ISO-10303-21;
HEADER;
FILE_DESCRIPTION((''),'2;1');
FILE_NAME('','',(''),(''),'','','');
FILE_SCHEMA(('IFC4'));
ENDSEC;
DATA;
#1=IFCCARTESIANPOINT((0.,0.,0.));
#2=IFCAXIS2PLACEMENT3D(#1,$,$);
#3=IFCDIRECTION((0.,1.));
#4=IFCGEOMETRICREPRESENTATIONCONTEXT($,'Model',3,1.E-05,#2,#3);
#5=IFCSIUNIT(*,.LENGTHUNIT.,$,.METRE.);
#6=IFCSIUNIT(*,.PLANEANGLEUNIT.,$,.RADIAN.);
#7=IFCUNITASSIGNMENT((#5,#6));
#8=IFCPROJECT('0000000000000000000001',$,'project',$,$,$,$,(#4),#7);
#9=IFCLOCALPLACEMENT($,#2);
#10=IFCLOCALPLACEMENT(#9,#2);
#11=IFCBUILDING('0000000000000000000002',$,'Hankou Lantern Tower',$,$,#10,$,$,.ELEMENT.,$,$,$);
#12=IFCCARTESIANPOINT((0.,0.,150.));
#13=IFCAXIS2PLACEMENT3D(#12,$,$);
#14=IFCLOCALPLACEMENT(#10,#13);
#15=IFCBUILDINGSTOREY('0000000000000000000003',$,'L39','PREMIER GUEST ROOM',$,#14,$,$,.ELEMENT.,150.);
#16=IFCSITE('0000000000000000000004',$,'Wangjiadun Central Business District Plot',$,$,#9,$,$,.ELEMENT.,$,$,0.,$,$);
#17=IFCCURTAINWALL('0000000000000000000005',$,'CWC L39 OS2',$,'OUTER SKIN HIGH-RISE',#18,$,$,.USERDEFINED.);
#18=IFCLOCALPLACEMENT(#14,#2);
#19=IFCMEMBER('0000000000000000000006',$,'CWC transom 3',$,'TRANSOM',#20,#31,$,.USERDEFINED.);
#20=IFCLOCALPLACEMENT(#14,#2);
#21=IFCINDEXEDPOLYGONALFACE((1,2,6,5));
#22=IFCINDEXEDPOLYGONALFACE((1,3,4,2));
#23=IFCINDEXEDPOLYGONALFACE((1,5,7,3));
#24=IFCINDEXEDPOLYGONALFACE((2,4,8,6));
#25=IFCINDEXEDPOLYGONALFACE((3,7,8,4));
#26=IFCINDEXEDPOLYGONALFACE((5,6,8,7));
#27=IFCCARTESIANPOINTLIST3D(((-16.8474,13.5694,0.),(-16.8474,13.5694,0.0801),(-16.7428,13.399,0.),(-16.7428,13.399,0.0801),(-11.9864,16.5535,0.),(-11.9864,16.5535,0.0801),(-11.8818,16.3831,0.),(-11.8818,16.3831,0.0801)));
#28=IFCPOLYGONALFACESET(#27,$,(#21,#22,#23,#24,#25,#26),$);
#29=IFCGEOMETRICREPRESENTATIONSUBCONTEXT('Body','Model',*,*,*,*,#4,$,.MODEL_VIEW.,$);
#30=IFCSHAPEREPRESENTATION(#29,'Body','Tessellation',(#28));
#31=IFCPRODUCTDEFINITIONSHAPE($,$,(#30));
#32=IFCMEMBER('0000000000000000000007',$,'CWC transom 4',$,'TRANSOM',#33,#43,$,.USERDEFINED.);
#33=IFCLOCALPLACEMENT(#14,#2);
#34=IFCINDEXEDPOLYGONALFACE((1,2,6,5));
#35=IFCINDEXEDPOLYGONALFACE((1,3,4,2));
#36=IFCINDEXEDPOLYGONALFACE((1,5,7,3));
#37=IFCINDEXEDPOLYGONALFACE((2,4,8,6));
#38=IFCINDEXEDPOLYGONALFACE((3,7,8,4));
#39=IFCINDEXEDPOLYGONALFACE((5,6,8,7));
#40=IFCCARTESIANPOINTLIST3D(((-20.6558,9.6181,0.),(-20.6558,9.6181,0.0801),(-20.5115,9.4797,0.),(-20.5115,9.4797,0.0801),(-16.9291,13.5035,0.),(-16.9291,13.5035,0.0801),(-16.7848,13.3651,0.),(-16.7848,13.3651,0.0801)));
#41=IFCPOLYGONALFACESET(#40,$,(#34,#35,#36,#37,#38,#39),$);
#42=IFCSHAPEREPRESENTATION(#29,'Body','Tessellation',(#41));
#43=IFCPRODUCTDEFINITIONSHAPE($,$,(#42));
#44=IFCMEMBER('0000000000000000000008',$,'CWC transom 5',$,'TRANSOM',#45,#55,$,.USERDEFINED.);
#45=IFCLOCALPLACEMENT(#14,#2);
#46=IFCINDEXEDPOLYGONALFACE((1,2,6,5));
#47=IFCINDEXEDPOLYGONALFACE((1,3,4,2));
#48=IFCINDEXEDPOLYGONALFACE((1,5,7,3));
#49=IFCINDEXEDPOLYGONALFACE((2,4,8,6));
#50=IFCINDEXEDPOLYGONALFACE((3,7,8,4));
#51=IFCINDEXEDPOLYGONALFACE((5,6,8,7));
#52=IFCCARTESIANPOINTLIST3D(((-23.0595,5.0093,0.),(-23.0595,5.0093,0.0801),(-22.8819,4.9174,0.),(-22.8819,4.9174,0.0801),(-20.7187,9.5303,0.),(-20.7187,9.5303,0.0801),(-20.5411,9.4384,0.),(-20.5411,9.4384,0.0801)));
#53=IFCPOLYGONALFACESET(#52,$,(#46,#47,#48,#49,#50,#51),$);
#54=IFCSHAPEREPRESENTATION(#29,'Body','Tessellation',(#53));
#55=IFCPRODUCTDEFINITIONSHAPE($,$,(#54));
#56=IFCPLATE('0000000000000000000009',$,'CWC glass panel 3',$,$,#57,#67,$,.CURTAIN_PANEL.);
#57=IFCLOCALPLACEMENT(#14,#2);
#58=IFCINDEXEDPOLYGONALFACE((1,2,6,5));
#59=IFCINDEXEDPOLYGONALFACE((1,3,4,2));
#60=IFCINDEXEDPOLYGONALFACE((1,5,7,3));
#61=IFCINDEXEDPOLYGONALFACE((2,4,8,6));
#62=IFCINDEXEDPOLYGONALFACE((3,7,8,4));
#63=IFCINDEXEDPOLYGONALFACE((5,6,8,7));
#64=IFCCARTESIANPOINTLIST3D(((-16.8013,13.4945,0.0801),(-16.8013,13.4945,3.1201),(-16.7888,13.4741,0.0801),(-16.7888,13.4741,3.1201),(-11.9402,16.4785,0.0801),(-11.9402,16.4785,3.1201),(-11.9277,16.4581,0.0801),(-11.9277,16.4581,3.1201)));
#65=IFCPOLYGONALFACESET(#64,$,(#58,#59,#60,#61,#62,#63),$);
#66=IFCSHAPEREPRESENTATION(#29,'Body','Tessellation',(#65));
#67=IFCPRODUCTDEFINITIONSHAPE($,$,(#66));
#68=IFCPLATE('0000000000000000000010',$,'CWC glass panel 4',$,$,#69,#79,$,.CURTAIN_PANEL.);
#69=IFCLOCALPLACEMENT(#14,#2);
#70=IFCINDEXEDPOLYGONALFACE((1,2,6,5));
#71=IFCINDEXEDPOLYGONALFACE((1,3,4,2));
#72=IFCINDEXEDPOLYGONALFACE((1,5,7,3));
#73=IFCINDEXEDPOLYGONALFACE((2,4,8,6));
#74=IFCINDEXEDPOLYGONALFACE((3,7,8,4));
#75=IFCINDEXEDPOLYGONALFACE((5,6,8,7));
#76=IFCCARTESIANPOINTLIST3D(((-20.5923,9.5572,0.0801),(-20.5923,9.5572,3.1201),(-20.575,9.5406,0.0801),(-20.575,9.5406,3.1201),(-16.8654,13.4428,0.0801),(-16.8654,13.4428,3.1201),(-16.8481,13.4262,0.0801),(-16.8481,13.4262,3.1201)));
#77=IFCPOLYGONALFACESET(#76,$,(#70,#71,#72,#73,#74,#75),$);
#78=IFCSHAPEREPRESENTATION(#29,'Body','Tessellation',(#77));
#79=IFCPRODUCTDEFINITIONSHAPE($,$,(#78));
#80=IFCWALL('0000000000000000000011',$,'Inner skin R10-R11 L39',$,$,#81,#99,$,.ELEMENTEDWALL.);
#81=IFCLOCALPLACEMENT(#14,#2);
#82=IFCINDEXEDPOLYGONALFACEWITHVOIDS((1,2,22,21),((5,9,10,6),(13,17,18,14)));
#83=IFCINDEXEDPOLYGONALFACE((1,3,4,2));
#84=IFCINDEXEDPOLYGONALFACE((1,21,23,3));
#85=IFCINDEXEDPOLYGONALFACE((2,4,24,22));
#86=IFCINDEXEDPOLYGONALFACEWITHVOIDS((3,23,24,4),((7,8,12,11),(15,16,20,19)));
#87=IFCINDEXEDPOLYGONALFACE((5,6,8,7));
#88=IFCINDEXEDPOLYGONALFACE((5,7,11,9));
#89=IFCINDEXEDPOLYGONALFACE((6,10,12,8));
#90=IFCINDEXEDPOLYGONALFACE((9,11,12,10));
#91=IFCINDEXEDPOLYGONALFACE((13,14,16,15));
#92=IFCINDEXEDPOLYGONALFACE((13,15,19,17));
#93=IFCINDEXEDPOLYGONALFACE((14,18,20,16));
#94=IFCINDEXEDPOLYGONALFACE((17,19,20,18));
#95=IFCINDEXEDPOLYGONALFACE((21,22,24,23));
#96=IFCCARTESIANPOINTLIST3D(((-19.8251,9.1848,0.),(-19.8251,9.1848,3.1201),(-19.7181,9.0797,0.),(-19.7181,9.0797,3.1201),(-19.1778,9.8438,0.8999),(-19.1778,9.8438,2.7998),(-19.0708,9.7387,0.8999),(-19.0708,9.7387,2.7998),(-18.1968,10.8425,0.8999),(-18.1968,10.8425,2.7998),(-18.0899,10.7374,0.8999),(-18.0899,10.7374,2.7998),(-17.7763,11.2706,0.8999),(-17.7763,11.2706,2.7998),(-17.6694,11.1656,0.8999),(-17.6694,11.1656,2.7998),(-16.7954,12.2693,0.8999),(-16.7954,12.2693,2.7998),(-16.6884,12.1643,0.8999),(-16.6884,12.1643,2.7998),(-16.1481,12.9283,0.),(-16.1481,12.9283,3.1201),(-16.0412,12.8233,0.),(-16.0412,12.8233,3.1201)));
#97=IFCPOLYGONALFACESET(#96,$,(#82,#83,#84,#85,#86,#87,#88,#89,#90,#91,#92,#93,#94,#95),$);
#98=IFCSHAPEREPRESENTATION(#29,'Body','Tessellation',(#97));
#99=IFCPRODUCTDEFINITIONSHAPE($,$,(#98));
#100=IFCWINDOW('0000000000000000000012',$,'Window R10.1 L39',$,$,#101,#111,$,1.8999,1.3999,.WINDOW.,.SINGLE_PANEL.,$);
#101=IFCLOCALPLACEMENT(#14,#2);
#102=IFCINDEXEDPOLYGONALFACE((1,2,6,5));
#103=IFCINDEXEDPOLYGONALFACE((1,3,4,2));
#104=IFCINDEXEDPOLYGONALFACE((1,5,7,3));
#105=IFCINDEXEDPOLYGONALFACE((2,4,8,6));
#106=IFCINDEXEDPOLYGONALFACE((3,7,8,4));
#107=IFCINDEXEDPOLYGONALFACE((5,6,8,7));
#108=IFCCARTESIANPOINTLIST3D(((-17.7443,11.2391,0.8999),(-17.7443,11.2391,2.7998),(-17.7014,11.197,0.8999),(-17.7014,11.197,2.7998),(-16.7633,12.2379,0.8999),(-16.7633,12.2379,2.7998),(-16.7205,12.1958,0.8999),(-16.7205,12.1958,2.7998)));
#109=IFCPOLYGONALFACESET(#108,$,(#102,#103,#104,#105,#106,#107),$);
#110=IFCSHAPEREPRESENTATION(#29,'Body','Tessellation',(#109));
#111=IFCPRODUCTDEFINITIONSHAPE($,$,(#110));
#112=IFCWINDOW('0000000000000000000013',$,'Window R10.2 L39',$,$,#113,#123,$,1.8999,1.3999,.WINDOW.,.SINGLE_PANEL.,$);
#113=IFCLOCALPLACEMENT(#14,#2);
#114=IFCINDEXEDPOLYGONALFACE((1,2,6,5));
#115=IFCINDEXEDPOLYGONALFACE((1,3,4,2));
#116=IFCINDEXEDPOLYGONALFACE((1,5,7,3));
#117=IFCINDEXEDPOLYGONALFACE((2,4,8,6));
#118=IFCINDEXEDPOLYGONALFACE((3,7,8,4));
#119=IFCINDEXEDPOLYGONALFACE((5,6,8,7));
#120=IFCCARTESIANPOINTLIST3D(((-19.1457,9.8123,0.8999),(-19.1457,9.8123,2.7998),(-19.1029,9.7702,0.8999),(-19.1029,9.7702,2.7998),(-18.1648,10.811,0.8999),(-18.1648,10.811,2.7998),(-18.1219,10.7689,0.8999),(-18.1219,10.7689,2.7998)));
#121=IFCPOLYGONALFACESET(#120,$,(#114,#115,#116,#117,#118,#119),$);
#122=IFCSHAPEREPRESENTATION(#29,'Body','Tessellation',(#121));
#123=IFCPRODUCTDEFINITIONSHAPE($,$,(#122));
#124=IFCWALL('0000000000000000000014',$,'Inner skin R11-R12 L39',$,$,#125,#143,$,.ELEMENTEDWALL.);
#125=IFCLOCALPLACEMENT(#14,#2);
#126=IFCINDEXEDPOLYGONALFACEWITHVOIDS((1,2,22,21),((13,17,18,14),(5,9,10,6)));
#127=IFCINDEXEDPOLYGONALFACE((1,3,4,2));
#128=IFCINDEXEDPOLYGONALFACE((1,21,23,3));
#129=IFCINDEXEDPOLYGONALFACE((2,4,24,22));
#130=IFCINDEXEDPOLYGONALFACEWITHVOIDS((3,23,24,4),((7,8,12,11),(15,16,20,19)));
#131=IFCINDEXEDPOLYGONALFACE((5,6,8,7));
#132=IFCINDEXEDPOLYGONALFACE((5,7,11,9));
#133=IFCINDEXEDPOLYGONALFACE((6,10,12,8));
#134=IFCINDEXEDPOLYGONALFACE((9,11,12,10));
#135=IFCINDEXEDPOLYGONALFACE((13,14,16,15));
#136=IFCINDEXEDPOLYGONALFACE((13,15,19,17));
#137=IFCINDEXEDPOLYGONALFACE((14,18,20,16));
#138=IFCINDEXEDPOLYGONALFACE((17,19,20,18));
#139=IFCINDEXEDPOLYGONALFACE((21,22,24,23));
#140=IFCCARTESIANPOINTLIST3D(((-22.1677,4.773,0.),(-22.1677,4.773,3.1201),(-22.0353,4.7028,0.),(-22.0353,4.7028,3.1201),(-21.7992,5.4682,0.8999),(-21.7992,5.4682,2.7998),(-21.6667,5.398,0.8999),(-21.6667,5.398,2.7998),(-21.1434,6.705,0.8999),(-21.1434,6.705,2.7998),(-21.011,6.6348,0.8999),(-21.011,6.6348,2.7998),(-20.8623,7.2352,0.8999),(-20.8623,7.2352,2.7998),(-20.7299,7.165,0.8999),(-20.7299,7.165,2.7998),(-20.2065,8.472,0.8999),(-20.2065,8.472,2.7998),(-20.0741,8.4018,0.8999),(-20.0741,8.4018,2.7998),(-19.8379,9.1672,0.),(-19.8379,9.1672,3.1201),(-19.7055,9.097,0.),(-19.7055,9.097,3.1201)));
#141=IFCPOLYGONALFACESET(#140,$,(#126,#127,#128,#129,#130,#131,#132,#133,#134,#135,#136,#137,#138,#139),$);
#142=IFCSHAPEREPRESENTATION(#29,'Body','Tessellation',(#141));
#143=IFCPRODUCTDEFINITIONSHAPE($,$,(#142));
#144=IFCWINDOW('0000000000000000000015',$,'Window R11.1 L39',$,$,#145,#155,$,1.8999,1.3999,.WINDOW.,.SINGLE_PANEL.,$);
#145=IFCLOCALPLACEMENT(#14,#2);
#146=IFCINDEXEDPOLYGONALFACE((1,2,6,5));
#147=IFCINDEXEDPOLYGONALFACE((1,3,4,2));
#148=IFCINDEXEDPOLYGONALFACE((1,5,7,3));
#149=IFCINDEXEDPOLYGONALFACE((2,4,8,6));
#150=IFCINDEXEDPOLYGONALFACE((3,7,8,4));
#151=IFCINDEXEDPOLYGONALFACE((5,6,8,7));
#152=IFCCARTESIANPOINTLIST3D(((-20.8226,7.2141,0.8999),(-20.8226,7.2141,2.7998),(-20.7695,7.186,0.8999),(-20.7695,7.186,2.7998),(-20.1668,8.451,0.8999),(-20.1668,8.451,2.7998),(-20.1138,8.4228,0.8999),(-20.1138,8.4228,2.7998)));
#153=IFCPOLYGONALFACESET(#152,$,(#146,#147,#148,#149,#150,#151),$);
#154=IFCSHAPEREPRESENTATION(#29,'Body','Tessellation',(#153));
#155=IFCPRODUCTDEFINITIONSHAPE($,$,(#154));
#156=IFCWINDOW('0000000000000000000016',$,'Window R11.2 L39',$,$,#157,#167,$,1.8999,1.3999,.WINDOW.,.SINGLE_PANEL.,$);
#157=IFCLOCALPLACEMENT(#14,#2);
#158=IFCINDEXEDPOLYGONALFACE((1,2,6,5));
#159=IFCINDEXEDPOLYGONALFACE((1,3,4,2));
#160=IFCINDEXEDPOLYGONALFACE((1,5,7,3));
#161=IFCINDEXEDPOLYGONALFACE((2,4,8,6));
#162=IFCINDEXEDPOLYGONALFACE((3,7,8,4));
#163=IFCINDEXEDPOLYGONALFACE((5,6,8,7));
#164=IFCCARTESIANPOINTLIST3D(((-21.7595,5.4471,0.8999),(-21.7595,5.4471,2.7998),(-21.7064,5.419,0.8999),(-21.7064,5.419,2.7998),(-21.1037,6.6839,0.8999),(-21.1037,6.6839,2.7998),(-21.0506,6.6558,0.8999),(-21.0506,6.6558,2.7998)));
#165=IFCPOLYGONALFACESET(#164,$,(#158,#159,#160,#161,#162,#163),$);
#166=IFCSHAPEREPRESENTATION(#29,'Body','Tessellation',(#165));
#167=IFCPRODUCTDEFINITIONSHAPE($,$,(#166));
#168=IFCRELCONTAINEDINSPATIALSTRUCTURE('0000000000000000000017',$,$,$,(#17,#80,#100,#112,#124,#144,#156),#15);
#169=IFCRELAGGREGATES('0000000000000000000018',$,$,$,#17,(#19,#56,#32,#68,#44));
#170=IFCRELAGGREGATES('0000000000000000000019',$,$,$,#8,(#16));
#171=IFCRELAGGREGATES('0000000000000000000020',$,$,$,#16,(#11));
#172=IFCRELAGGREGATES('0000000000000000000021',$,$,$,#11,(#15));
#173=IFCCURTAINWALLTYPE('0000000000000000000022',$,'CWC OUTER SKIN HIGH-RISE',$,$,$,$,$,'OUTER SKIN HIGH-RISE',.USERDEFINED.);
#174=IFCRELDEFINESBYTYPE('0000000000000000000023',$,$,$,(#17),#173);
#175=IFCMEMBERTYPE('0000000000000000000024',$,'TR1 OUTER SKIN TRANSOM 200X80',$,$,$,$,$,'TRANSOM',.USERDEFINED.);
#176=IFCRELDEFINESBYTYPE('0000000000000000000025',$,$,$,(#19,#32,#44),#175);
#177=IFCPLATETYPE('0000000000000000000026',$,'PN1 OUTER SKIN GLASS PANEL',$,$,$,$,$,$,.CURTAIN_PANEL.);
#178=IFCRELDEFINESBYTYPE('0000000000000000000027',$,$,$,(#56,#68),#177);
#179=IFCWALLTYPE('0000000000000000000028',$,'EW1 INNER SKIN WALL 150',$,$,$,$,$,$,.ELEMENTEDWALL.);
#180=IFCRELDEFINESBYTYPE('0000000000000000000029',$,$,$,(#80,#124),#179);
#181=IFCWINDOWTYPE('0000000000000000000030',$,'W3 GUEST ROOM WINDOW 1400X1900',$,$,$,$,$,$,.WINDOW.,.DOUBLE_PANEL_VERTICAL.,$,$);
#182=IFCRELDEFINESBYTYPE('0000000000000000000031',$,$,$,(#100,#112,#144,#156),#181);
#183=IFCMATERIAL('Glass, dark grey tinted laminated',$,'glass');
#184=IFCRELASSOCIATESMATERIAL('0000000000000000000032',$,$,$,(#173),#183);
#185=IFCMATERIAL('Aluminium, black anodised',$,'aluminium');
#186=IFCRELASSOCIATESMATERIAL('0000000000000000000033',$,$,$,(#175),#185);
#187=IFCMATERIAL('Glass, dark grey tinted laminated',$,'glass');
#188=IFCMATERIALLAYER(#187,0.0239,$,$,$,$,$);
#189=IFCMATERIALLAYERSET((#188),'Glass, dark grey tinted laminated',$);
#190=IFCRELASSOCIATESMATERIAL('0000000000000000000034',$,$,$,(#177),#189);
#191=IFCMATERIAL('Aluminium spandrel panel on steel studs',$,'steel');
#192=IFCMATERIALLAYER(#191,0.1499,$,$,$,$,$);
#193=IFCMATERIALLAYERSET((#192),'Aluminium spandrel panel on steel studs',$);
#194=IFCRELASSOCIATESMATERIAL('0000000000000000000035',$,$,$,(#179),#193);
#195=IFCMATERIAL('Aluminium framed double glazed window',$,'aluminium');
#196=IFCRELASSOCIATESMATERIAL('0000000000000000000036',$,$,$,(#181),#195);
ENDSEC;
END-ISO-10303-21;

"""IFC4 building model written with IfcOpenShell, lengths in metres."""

from ifc_helpers import new_model, si_unit, direction, frame, frame_2d, origin, origin_2d, place, context, subcontext, project, spatial, rectangle, extrude, material, layer, layer_set, material_profile, profile_set, type_object, element, fill, aggregate, save


model = new_model("IFC4")

# Units and contexts
model_context = context("Model", 3, precision=1e-05, world=origin(), true_north=direction((0.0, 1.0)))
body_context = subcontext(model_context, "Body", "Model", "MODEL_VIEW")
ifc_project = project(units=[si_unit("LENGTHUNIT", "METRE"), si_unit("PLANEANGLEUNIT", "RADIAN")], contexts=[model_context])

# Site, building, storey
site_placement = place(None, origin())
site = spatial("IfcSite", under=ifc_project, at=site_placement, Name="Wangjiadun Central Business District Plot", CompositionType="ELEMENT", RefElevation=0.0)
building_placement = place(site_placement, origin())
building = spatial("IfcBuilding", under=site, at=building_placement, Name="Hankou Lantern Tower", CompositionType="ELEMENT")
storey_placement = place(building_placement, frame((0.0, 0.0, 150.0)))
storey = spatial("IfcBuildingStorey", under=building, at=storey_placement, Name="L39", Description="PREMIER GUEST ROOM", CompositionType="ELEMENT", Elevation=150.0)

# Curtain wall
ifc_material_1 = material(Name="Glass, dark grey tinted laminated", Category="glass")
curtain_wall_type = type_object("IfcCurtainWallType", Name="CWC OUTER SKIN HIGH-RISE", ElementType="OUTER SKIN HIGH-RISE", PredefinedType="USERDEFINED", material=ifc_material_1)
curtain_wall_placement = place(storey_placement, origin())
curtain_wall = element("IfcCurtainWall", 1, at=curtain_wall_placement, inside=storey, type_object=curtain_wall_type, Name="CWC L39 OS2", ObjectType="OUTER SKIN HIGH-RISE", PredefinedType="USERDEFINED")

# Members
ifc_material_2 = material(Name="Aluminium, black anodised", Category="aluminium")
ifc_material_profile_1 = material_profile(ifc_material_2, rectangle(XDim=0.2, YDim=0.0801, at=origin_2d()), Name="TR1 200X80")
ifc_profile_set_1 = profile_set([ifc_material_profile_1], Name="Aluminium, black anodised")
member_type_1 = type_object("IfcMemberType", Name="TR1 OUTER SKIN TRANSOM 200X80", ElementType="TRANSOM", PredefinedType="USERDEFINED", material=ifc_profile_set_1)
member_1_placement = place(storey_placement, frame((-11.9341, 16.4683, 0.04), z_axis=(-0.852229, -0.523168, 0.0), x_axis=(0.523168, -0.852229, 0.0)))
member_1 = element("IfcMember", 2, at=member_1_placement, type_object=member_type_1, Name="CWC transom 3", ObjectType="TRANSOM", PredefinedType="USERDEFINED", context=body_context, shape_type="SweptSolid", body=[
    extrude(rectangle(XDim=0.2, YDim=0.0801, at=origin_2d()), origin(), (0.0, 0.0, 1.0), 5.7039),
])
member_2_placement = place(storey_placement, frame((-16.8569, 13.4343, 0.04), z_axis=(-0.692216, -0.721691, 0.0), x_axis=(0.721691, -0.692216, 0.0)))
member_2 = element("IfcMember", 3, at=member_2_placement, type_object=member_type_1, Name="CWC transom 4", ObjectType="TRANSOM", PredefinedType="USERDEFINED", context=body_context, shape_type="SweptSolid", body=[
    extrude(rectangle(XDim=0.2, YDim=0.0801, at=origin_2d()), origin(), (0.0, 0.0, 1.0), 5.3838),
])
member_3_placement = place(storey_placement, frame((-20.6299, 9.4844, 0.04), z_axis=(-0.459791, -0.888027, 0.0), x_axis=(0.888027, -0.459791, 0.0)))
member_3 = element("IfcMember", 4, at=member_3_placement, type_object=member_type_1, Name="CWC transom 5", ObjectType="TRANSOM", PredefinedType="USERDEFINED", context=body_context, shape_type="SweptSolid", body=[
    extrude(rectangle(XDim=0.2, YDim=0.0801, at=origin_2d()), origin(), (0.0, 0.0, 1.0), 5.0911),
])

# Plates
ifc_material_3 = material(Name="Glass, dark grey tinted laminated", Category="glass")
ifc_layer_1 = layer(ifc_material_3, 0.0239)
ifc_layer_set_1 = layer_set([ifc_layer_1], Name="Glass, dark grey tinted laminated")
plate_type = type_object("IfcPlateType", Name="PN1 OUTER SKIN GLASS PANEL", PredefinedType="CURTAIN_PANEL", material=ifc_layer_set_1)
plate_1_placement = place(storey_placement, frame((-14.3645, 14.9763, 0.0801), z_axis=(0.0, 0.0, 1.0), x_axis=(-0.852237, -0.523156, 0.0)))
plate_1 = element("IfcPlate", 5, at=plate_1_placement, type_object=plate_type, Name="CWC glass panel 3", PredefinedType="CURTAIN_PANEL", context=body_context, shape_type="SweptSolid", body=[
    extrude(rectangle(XDim=5.7039, YDim=0.0239, at=origin_2d()), origin(), (0.0, 0.0, 1.0), 3.04),
])
plate_2_placement = place(storey_placement, frame((-18.7202, 11.4917, 0.0801), z_axis=(0.0, 0.0, 1.0), x_axis=(-0.692216, -0.721691, 0.0)))
plate_2 = element("IfcPlate", 6, at=plate_2_placement, type_object=plate_type, Name="CWC glass panel 4", PredefinedType="CURTAIN_PANEL", context=body_context, shape_type="SweptSolid", body=[
    extrude(rectangle(XDim=5.384, YDim=0.0239, at=origin_2d()), origin(), (0.0, 0.0, 1.0), 3.04),
])
aggregate(curtain_wall, [member_1, plate_1, member_2, plate_2, member_3])

# Walls, openings, windows
ifc_material_4 = material(Name="Aluminium spandrel panel on steel studs", Category="steel")
ifc_layer_2 = layer(ifc_material_4, 0.1499)
ifc_layer_set_2 = layer_set([ifc_layer_2], Name="Aluminium spandrel panel on steel studs")
wall_type_1 = type_object("IfcWallType", Name="EW1 INNER SKIN WALL 150", PredefinedType="ELEMENTEDWALL", material=ifc_layer_set_2)
wall_1_placement = place(storey_placement, frame((-16.0947, 12.8757, 0.0), z_axis=(0.0, 0.0, 1.0), x_axis=(-0.700727, -0.713429, 0.0)))
wall_1 = element("IfcWall", 7, at=wall_1_placement, inside=storey, type_object=wall_type_1, Name="Inner skin R10-R11 L39", PredefinedType="ELEMENTEDWALL", context=body_context, shape_type="SweptSolid", body=[
    extrude(rectangle(XDim=5.2473, YDim=0.1499, at=frame_2d((2.6235, 0.0))), origin(), (0.0, 0.0, 1.0), 3.1201),
])
opening_1_placement = place(wall_1_placement, frame((0.9236, 0.0, 0.8999)))
opening_1 = element("IfcOpeningElement", 8, at=opening_1_placement, cuts=wall_1, PredefinedType="OPENING", context=body_context, shape_type="SweptSolid", body=[
    extrude(rectangle(XDim=1.3999, YDim=1.8999, at=frame_2d((0.7, 0.95))), frame((0.0, 0.085, 0.0), z_axis=(0.0, -1.0, 0.0), x_axis=(1.0, 0.0, 0.0)), (0.0, 0.0, 1.0), 0.1699),
])
opening_2_placement = place(wall_1_placement, frame((2.9236, 0.0, 0.8999)))
opening_2 = element("IfcOpeningElement", 9, at=opening_2_placement, cuts=wall_1, PredefinedType="OPENING", context=body_context, shape_type="SweptSolid", body=[
    extrude(rectangle(XDim=1.3999, YDim=1.8999, at=frame_2d((0.7, 0.95))), frame((0.0, 0.085, 0.0), z_axis=(0.0, -1.0, 0.0), x_axis=(1.0, 0.0, 0.0)), (0.0, 0.0, 1.0), 0.1699),
])
ifc_material_5 = material(Name="Aluminium framed double glazed window", Category="aluminium")
window_type = type_object("IfcWindowType", Name="W3 GUEST ROOM WINDOW 1400X1900", PartitioningType="DOUBLE_PANEL_VERTICAL", PredefinedType="WINDOW", material=ifc_material_5)
window_1_placement = place(opening_1_placement, origin())
window_1 = element("IfcWindow", 10, at=window_1_placement, inside=storey, type_object=window_type, Name="Window R10.1 L39", OverallHeight=1.8999, OverallWidth=1.3999, PartitioningType="SINGLE_PANEL", PredefinedType="WINDOW", context=body_context, shape_type="SweptSolid", body=[
    extrude(rectangle(XDim=1.3999, YDim=1.8999, at=frame_2d((0.7, 0.95))), frame((0.0, 0.03, 0.0), z_axis=(0.0, -1.0, 0.0), x_axis=(1.0, 0.0, 0.0)), (0.0, 0.0, 1.0), 0.0601),
])
fill(opening_1, window_1)
window_2_placement = place(opening_2_placement, origin())
window_2 = element("IfcWindow", 11, at=window_2_placement, inside=storey, type_object=window_type, Name="Window R10.2 L39", OverallHeight=1.8999, OverallWidth=1.3999, PartitioningType="SINGLE_PANEL", PredefinedType="WINDOW", context=body_context, shape_type="SweptSolid", body=[
    extrude(rectangle(XDim=1.3999, YDim=1.8999, at=frame_2d((0.7, 0.95))), frame((0.0, 0.03, 0.0), z_axis=(0.0, -1.0, 0.0), x_axis=(1.0, 0.0, 0.0)), (0.0, 0.0, 1.0), 0.0601),
])
fill(opening_2, window_2)
wall_2_placement = place(storey_placement, frame((-19.7717, 9.1321, 0.0), z_axis=(0.0, 0.0, 1.0), x_axis=(-0.468429, -0.883501, 0.0)))
wall_2 = element("IfcWall", 12, at=wall_2_placement, inside=storey, type_object=wall_type_1, Name="Inner skin R11-R12 L39", PredefinedType="ELEMENTEDWALL", context=body_context, shape_type="SweptSolid", body=[
    extrude(rectangle(XDim=4.9736, YDim=0.1499, at=frame_2d((2.4868, 0.0))), origin(), (0.0, 0.0, 1.0), 3.1201),
])
opening_3_placement = place(wall_2_placement, frame((0.7869, 0.0, 0.8999)))
opening_3 = element("IfcOpeningElement", 13, at=opening_3_placement, cuts=wall_2, PredefinedType="OPENING", context=body_context, shape_type="SweptSolid", body=[
    extrude(rectangle(XDim=1.3999, YDim=1.8999, at=frame_2d((0.7, 0.95))), frame((0.0, 0.085, 0.0), z_axis=(0.0, -1.0, 0.0), x_axis=(1.0, 0.0, 0.0)), (0.0, 0.0, 1.0), 0.1699),
])
opening_4_placement = place(wall_2_placement, frame((2.7869, 0.0, 0.8999)))
opening_4 = element("IfcOpeningElement", 14, at=opening_4_placement, cuts=wall_2, PredefinedType="OPENING", context=body_context, shape_type="SweptSolid", body=[
    extrude(rectangle(XDim=1.3999, YDim=1.8999, at=frame_2d((0.7, 0.95))), frame((0.0, 0.085, 0.0), z_axis=(0.0, -1.0, 0.0), x_axis=(1.0, 0.0, 0.0)), (0.0, 0.0, 1.0), 0.1699),
])
window_3_placement = place(opening_3_placement, origin())
window_3 = element("IfcWindow", 15, at=window_3_placement, inside=storey, type_object=window_type, Name="Window R11.1 L39", OverallHeight=1.8999, OverallWidth=1.3999, PartitioningType="SINGLE_PANEL", PredefinedType="WINDOW", context=body_context, shape_type="SweptSolid", body=[
    extrude(rectangle(XDim=1.3999, YDim=1.8999, at=frame_2d((0.7, 0.95))), frame((0.0, 0.03, 0.0), z_axis=(0.0, -1.0, 0.0), x_axis=(1.0, 0.0, 0.0)), (0.0, 0.0, 1.0), 0.0601),
])
fill(opening_3, window_3)
window_4_placement = place(opening_4_placement, origin())
window_4 = element("IfcWindow", 16, at=window_4_placement, inside=storey, type_object=window_type, Name="Window R11.2 L39", OverallHeight=1.8999, OverallWidth=1.3999, PartitioningType="SINGLE_PANEL", PredefinedType="WINDOW", context=body_context, shape_type="SweptSolid", body=[
    extrude(rectangle(XDim=1.3999, YDim=1.8999, at=frame_2d((0.7, 0.95))), frame((0.0, 0.03, 0.0), z_axis=(0.0, -1.0, 0.0), x_axis=(1.0, 0.0, 0.0)), (0.0, 0.0, 1.0), 0.0601),
])
fill(opening_4, window_4)

save(model, "model.ifc")
